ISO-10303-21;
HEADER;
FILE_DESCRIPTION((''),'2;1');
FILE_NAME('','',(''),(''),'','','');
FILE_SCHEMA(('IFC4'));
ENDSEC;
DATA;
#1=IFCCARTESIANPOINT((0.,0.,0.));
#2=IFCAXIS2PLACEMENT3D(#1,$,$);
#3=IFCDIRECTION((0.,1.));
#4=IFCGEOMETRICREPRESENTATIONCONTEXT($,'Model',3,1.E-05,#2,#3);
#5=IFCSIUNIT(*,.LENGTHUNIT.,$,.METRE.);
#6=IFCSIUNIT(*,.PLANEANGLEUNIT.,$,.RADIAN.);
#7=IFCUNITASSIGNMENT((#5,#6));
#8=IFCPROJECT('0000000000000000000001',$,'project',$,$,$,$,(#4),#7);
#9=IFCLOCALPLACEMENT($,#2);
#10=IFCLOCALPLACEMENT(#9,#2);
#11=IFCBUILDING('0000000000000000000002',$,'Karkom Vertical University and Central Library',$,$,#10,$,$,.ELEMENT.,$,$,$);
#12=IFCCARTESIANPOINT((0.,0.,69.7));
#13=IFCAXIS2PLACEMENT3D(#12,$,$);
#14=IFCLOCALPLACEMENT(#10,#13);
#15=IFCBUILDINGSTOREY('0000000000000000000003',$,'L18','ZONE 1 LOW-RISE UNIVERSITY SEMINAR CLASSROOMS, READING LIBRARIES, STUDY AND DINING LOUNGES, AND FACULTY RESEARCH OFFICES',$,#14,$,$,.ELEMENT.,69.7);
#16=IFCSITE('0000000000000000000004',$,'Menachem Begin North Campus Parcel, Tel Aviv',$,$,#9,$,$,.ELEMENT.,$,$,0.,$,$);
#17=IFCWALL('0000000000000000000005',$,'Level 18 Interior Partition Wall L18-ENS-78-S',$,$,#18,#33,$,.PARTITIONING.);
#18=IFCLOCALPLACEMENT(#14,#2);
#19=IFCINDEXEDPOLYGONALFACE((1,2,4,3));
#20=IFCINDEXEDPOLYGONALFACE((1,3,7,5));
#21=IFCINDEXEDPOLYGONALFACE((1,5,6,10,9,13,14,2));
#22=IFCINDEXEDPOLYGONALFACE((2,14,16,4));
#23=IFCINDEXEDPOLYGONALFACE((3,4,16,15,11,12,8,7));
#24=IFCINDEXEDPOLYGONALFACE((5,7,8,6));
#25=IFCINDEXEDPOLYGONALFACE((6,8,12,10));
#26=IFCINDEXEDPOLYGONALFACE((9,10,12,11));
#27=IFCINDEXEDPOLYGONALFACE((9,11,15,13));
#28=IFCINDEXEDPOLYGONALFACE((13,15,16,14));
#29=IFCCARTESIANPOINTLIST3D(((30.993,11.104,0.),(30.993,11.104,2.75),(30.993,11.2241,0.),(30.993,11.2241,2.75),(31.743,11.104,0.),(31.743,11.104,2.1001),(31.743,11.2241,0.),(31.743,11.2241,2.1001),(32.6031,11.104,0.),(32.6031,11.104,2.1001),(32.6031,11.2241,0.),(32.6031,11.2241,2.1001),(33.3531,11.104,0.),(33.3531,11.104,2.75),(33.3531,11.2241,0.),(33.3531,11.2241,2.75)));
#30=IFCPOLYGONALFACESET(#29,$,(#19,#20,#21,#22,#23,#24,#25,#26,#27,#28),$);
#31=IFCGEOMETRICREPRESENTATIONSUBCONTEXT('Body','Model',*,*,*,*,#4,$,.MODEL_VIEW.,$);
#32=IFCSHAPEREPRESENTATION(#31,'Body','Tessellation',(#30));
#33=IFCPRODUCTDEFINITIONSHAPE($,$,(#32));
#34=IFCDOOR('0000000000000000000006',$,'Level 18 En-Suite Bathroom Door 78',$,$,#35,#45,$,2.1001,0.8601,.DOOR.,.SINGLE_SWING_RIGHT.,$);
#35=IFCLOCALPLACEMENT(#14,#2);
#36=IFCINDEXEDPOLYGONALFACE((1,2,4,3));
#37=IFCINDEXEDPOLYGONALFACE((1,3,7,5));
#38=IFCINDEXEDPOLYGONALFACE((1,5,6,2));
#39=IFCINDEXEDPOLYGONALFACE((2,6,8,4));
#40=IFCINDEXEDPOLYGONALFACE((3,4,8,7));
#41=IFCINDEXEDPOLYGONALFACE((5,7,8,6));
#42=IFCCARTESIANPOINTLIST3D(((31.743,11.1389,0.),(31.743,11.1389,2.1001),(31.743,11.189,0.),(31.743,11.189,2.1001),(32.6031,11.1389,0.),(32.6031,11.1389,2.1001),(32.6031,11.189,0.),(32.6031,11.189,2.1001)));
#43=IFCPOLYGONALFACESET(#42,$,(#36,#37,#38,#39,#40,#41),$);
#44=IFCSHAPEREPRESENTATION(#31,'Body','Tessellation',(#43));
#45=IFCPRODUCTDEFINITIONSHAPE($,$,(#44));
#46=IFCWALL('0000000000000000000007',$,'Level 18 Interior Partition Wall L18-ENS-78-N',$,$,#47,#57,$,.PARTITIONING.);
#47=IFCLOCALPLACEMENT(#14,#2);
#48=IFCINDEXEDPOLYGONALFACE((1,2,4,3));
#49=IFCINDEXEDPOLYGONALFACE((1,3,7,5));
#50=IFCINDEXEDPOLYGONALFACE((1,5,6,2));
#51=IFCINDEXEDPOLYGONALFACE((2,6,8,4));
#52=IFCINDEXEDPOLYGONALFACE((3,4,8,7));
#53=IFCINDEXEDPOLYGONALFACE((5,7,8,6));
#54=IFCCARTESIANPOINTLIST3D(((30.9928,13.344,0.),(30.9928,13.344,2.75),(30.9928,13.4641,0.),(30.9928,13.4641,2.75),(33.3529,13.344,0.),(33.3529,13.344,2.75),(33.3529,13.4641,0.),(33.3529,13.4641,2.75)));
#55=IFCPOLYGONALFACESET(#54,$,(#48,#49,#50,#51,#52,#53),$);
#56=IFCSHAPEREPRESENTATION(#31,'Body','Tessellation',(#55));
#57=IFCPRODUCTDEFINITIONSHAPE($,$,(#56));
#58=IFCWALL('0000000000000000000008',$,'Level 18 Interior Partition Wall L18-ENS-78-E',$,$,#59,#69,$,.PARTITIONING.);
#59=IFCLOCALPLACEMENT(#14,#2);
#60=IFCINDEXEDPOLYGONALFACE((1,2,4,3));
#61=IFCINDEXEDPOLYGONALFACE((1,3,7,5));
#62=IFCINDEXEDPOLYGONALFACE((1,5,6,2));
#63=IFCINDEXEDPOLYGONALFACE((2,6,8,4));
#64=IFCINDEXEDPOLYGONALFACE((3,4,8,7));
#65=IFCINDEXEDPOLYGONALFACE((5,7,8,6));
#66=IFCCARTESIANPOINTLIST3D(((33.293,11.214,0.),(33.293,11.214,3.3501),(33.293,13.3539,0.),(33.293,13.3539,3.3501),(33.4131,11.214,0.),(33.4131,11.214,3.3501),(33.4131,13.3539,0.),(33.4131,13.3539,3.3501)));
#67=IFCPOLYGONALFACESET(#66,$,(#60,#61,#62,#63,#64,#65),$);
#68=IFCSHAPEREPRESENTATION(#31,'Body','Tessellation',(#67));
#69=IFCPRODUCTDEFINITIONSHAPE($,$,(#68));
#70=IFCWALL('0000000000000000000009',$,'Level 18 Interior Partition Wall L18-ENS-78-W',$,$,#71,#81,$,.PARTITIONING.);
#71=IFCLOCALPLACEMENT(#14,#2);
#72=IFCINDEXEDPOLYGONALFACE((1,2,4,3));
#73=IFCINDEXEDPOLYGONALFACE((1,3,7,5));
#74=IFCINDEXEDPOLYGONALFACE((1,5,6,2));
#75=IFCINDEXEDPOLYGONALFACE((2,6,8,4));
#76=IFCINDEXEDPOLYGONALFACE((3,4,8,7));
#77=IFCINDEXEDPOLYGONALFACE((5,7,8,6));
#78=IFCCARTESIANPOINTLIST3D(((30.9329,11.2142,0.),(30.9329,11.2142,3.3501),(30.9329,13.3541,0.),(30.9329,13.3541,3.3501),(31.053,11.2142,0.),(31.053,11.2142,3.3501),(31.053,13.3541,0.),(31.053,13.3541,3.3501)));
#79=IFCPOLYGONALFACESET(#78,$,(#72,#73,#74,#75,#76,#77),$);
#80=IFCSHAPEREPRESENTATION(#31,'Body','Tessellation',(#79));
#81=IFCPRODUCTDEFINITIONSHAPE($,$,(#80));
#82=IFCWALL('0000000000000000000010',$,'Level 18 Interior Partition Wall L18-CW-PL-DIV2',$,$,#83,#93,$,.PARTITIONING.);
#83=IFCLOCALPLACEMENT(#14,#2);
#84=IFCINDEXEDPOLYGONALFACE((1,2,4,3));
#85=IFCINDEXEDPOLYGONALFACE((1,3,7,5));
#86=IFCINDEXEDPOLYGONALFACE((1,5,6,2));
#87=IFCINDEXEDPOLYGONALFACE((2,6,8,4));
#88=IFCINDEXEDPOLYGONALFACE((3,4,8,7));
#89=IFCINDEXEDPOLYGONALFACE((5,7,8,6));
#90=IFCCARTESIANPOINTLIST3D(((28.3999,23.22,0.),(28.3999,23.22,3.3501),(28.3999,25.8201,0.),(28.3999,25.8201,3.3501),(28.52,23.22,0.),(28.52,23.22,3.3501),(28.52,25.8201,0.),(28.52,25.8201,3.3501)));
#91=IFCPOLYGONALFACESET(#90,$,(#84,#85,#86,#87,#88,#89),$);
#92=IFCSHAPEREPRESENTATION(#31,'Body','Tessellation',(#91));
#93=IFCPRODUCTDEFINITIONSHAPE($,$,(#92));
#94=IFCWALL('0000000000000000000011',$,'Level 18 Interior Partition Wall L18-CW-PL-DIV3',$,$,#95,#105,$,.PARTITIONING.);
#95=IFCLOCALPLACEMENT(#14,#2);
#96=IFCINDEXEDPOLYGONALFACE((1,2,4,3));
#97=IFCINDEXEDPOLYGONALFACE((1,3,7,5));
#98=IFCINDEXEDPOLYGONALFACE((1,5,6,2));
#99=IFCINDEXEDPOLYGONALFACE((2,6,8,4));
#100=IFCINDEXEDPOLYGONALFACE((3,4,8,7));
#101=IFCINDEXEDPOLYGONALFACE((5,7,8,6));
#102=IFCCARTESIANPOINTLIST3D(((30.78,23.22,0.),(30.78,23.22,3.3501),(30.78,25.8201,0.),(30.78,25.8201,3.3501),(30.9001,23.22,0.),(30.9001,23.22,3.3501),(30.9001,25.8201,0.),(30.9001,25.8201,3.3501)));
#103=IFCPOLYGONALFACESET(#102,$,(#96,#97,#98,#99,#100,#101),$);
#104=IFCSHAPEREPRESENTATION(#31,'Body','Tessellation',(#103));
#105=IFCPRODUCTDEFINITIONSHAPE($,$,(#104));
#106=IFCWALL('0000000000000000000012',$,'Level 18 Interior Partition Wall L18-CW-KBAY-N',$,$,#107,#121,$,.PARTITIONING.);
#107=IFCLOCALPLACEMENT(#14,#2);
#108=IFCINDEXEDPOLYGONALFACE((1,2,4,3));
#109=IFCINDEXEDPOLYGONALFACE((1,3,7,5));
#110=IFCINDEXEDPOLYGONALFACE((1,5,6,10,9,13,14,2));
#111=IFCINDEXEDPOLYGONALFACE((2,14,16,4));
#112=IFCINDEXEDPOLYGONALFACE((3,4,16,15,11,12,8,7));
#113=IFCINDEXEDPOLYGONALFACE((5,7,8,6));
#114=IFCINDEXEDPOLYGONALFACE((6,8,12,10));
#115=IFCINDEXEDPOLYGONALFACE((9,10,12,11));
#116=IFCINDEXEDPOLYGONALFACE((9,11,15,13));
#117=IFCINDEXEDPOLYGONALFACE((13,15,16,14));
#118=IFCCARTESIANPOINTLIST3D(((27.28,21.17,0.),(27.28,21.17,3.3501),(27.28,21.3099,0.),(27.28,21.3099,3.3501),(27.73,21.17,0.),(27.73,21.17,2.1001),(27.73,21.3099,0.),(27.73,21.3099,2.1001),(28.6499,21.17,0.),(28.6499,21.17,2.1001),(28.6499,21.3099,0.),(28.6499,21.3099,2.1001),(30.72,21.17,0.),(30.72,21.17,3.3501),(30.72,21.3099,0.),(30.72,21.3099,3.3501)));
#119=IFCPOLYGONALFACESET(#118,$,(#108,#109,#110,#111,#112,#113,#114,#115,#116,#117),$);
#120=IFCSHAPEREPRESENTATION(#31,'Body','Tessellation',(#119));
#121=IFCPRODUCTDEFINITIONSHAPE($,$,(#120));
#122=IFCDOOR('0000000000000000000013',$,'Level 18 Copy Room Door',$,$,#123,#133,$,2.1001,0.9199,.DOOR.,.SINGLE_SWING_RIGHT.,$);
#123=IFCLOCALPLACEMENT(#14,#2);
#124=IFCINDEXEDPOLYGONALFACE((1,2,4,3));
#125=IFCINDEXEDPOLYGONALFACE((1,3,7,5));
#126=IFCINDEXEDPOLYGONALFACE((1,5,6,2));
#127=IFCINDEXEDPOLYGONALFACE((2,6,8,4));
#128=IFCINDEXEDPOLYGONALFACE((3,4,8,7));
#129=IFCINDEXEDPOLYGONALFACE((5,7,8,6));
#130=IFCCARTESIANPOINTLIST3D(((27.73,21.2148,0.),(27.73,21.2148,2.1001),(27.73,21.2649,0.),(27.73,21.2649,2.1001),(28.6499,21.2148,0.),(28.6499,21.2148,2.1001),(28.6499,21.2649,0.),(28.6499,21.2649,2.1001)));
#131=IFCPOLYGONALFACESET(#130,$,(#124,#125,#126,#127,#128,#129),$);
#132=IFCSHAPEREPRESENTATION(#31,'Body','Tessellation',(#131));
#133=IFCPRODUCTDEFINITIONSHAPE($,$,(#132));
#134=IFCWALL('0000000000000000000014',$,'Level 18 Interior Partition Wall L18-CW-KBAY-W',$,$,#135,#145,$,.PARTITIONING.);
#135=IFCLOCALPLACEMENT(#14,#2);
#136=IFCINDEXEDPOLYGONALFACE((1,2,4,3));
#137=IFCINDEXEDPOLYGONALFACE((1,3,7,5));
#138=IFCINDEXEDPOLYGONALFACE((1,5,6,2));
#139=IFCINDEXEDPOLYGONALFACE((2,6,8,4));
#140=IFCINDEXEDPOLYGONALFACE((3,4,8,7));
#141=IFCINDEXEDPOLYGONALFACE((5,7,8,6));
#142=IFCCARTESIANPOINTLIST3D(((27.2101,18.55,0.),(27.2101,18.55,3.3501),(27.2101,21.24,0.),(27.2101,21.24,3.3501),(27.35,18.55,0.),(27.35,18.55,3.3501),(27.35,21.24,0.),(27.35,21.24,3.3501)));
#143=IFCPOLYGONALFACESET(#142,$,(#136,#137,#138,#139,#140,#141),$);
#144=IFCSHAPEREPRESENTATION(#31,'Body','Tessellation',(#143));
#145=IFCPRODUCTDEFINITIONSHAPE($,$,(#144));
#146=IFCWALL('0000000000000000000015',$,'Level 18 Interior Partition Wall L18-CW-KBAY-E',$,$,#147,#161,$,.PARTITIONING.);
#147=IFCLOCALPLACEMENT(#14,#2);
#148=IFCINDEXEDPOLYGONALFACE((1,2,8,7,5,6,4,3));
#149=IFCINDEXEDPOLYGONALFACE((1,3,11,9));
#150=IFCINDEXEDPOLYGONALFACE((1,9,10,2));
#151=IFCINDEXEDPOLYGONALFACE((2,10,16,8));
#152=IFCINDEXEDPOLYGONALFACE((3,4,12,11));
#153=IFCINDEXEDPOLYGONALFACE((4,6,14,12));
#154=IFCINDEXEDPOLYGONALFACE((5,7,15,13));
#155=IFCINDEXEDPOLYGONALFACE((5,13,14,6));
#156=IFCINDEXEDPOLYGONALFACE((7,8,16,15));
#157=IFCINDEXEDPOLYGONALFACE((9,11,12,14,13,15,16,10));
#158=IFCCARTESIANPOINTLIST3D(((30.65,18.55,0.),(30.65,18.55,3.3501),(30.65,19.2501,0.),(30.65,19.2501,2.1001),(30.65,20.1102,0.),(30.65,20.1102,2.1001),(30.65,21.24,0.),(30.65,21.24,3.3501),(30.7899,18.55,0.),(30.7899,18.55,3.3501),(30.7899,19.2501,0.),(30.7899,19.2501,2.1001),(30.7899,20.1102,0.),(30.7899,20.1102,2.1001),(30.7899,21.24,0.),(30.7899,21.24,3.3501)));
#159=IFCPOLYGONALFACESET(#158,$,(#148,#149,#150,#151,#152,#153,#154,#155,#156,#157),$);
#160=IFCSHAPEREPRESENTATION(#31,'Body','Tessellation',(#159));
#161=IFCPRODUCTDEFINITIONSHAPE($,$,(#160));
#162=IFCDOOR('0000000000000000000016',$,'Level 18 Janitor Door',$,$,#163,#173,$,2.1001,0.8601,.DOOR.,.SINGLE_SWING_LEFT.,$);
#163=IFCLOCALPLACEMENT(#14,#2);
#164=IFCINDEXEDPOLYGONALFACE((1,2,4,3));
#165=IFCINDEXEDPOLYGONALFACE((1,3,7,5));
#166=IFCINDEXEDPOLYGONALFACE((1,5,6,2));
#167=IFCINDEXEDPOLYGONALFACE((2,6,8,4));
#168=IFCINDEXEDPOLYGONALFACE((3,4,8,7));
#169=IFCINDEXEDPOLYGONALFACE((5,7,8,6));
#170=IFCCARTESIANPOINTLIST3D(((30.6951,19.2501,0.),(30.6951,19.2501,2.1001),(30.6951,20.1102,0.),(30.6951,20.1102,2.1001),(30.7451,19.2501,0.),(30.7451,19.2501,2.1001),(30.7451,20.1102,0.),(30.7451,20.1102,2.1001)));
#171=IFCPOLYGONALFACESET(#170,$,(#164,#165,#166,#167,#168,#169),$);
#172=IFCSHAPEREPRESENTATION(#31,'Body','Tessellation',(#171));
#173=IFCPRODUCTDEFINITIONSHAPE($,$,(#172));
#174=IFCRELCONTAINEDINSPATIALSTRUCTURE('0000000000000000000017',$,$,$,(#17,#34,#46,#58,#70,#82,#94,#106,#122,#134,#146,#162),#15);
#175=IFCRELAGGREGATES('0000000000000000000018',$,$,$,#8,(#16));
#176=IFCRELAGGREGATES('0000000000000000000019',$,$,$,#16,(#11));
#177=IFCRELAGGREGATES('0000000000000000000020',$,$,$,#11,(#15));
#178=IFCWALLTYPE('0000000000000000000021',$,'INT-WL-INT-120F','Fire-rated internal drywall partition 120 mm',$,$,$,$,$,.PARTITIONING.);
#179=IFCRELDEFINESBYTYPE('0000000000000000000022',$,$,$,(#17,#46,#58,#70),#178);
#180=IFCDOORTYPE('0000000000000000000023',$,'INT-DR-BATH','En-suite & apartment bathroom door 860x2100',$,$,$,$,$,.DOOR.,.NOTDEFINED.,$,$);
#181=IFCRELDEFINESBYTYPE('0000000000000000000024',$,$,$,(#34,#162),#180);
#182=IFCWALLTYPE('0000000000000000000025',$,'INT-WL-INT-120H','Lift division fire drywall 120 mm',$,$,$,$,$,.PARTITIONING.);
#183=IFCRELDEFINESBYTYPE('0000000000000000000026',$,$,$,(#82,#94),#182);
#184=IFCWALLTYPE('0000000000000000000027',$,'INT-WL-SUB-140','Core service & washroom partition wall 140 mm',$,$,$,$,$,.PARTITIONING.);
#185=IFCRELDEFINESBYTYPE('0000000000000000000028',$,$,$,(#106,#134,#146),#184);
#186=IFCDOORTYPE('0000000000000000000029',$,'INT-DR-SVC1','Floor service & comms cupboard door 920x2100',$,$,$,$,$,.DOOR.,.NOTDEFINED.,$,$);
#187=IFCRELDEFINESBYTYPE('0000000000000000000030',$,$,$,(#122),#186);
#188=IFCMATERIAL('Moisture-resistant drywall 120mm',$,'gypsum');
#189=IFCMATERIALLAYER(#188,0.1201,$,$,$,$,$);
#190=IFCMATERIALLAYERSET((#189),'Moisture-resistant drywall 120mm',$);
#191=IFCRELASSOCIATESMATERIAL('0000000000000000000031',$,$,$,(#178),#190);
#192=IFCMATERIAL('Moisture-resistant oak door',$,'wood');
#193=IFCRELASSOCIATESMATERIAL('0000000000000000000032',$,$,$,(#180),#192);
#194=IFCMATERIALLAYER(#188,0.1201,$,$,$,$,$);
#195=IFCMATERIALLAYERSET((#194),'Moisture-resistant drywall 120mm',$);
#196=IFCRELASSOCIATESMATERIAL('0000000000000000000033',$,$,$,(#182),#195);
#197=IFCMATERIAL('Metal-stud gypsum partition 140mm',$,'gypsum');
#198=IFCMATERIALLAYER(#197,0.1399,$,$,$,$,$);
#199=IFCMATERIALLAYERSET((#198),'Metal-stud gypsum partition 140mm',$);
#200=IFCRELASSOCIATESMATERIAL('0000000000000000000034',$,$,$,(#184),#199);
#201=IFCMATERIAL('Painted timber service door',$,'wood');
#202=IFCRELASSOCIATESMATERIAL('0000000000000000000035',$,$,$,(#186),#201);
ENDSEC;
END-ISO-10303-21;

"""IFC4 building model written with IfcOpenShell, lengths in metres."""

from ifc_helpers import new_model, si_unit, direction, frame, frame_2d, origin, origin_with_axes, place, context, subcontext, project, spatial, rectangle, extrude, source, transform, mapped, material, layer, layer_set, type_object, element, fill, save


model = new_model("IFC4")

# Units and contexts
model_context = context("Model", 3, precision=1e-05, world=origin(), true_north=direction((0.0, 1.0)))
body_context = subcontext(model_context, "Body", "Model", "MODEL_VIEW")
ifc_project = project(units=[si_unit("LENGTHUNIT", "METRE"), si_unit("PLANEANGLEUNIT", "RADIAN")], contexts=[model_context])

# Site, building, storey
site_placement = place(None, origin())
site = spatial("IfcSite", under=ifc_project, at=site_placement, Name="Menachem Begin North Campus Parcel, Tel Aviv", CompositionType="ELEMENT", RefElevation=0.0)
building_placement = place(site_placement, origin())
building = spatial("IfcBuilding", under=site, at=building_placement, Name="Karkom Vertical University and Central Library", CompositionType="ELEMENT")
storey_placement = place(building_placement, frame((0.0, 0.0, 69.7)))
storey = spatial("IfcBuildingStorey", under=building, at=storey_placement, Name="L18", Description="ZONE 1 LOW-RISE UNIVERSITY SEMINAR CLASSROOMS, READING LIBRARIES, STUDY AND DINING LOUNGES, AND FACULTY RESEARCH OFFICES", CompositionType="ELEMENT", Elevation=69.7)

# Shared definitions
ifc_material_1 = material(Name="Moisture-resistant drywall 120mm", Category="gypsum")

# Wall, opening, door
ifc_layer_1 = layer(ifc_material_1, 0.1201)
ifc_layer_set_1 = layer_set([ifc_layer_1], Name="Moisture-resistant drywall 120mm")
wall_type_1 = type_object("IfcWallType", Name="INT-WL-INT-120F", Description="Fire-rated internal drywall partition 120 mm", PredefinedType="PARTITIONING", material=ifc_layer_set_1)
wall_1_placement = place(storey_placement, frame((30.9929, 11.1641, 0.0), z_axis=(0.0, 0.0, 1.0), x_axis=(1.0, 0.0, 0.0)))
wall_1 = element("IfcWall", 1, at=wall_1_placement, inside=storey, type_object=wall_type_1, Name="Level 18 Interior Partition Wall L18-ENS-78-S", PredefinedType="PARTITIONING", context=body_context, shape_type="SweptSolid", body=[
    extrude(rectangle(XDim=2.3601, YDim=0.1201, at=frame_2d((1.1802, 0.0))), origin(), (0.0, 0.0, 1.0), 2.75),
])
opening_1_placement = place(wall_1_placement, frame((0.75, 0.0, 0.0)))
opening_1 = element("IfcOpeningElement", 2, at=opening_1_placement, cuts=wall_1, PredefinedType="OPENING", context=body_context, shape_type="SweptSolid", body=[
    extrude(rectangle(XDim=0.8601, YDim=2.1001, at=frame_2d((0.4302, 1.05))), frame((0.0, 0.0701, 0.0), z_axis=(0.0, -1.0, 0.0), x_axis=(1.0, 0.0, 0.0)), (0.0, 0.0, 1.0), 0.1401),
])
ifc_material_2 = material(Name="Moisture-resistant oak door", Category="wood")
door_type_1 = type_object("IfcDoorType", Name="INT-DR-BATH", Description="En-suite & apartment bathroom door 860x2100", OperationType="NOTDEFINED", PredefinedType="DOOR", material=ifc_material_2)
shared_shape_1 = source(origin_with_axes(), body_context, "Body", "SweptSolid", [
    extrude(rectangle(XDim=0.8601, YDim=2.1001, at=frame_2d((0.4302, 1.05))), frame((0.0, 0.0249, 0.0), z_axis=(0.0, -1.0, 0.0), x_axis=(1.0, 0.0, 0.0)), (0.0, 0.0, 1.0), 0.05),
])
door_1_placement = place(opening_1_placement, origin())
door_1 = element("IfcDoor", 3, at=door_1_placement, inside=storey, type_object=door_type_1, Name="Level 18 En-Suite Bathroom Door 78", OperationType="SINGLE_SWING_RIGHT", OverallHeight=2.1001, OverallWidth=0.8601, PredefinedType="DOOR", context=body_context, shape_type="MappedRepresentation", body=[
    mapped(shared_shape_1, transform((0.0, 0.0, 0.0), scale=1.0)),
])
fill(opening_1, door_1)

# Walls
wall_2_placement = place(storey_placement, frame((33.353, 13.4041, 0.0), z_axis=(0.0, 0.0, 1.0), x_axis=(-1.0, 0.0, 0.0)))
element("IfcWall", 4, at=wall_2_placement, inside=storey, type_object=wall_type_1, Name="Level 18 Interior Partition Wall L18-ENS-78-N", PredefinedType="PARTITIONING", context=body_context, shape_type="SweptSolid", body=[
    extrude(rectangle(XDim=2.3601, YDim=0.1201, at=frame_2d((1.1802, 0.0))), origin(), (0.0, 0.0, 1.0), 2.75),
])
for number, where, z_axis, x_axis, name in (
    (5, (33.353, 11.2141, 0.0), (0.0, 0.0, 1.0), (0.0, 1.0, 0.0), "Level 18 Interior Partition Wall L18-ENS-78-E"),
    (6, (30.9929, 13.354, 0.0), (0.0, 0.0, 1.0), (0.0, -1.0, 0.0), "Level 18 Interior Partition Wall L18-ENS-78-W"),
):
    element("IfcWall", number, at=place(storey_placement, frame(where, z_axis=z_axis, x_axis=x_axis)), inside=storey, type_object=wall_type_1, Name=name, PredefinedType="PARTITIONING", context=body_context, shape_type="SweptSolid", body=[
        extrude(rectangle(XDim=2.1399, YDim=0.1201, at=frame_2d((1.0698, 0.0))), origin(), (0.0, 0.0, 1.0), 3.3501),
    ])
ifc_layer_2 = layer(ifc_material_1, 0.1201)
ifc_layer_set_2 = layer_set([ifc_layer_2], Name="Moisture-resistant drywall 120mm")
wall_type_2 = type_object("IfcWallType", Name="INT-WL-INT-120H", Description="Lift division fire drywall 120 mm", PredefinedType="PARTITIONING", material=ifc_layer_set_2)
for number, where, z_axis, x_axis, name in (
    (7, (28.46, 23.22, 0.0), (0.0, 0.0, 1.0), (0.0, 1.0, 0.0), "Level 18 Interior Partition Wall L18-CW-PL-DIV2"),
    (8, (30.8401, 23.22, 0.0), (0.0, 0.0, 1.0), (0.0, 1.0, 0.0), "Level 18 Interior Partition Wall L18-CW-PL-DIV3"),
):
    element("IfcWall", number, at=place(storey_placement, frame(where, z_axis=z_axis, x_axis=x_axis)), inside=storey, type_object=wall_type_2, Name=name, PredefinedType="PARTITIONING", context=body_context, shape_type="SweptSolid", body=[
        extrude(rectangle(XDim=2.6001, YDim=0.1201, at=frame_2d((1.3, 0.0))), origin(), (0.0, 0.0, 1.0), 3.3501),
    ])

# Wall, opening, door
ifc_material_3 = material(Name="Metal-stud gypsum partition 140mm", Category="gypsum")
ifc_layer_3 = layer(ifc_material_3, 0.1399)
ifc_layer_set_3 = layer_set([ifc_layer_3], Name="Metal-stud gypsum partition 140mm")
wall_type_3 = type_object("IfcWallType", Name="INT-WL-SUB-140", Description="Core service & washroom partition wall 140 mm", PredefinedType="PARTITIONING", material=ifc_layer_set_3)
wall_3_placement = place(storey_placement, frame((27.28, 21.24, 0.0), z_axis=(0.0, 0.0, 1.0), x_axis=(1.0, 0.0, 0.0)))
wall_3 = element("IfcWall", 9, at=wall_3_placement, inside=storey, type_object=wall_type_3, Name="Level 18 Interior Partition Wall L18-CW-KBAY-N", PredefinedType="PARTITIONING", context=body_context, shape_type="SweptSolid", body=[
    extrude(rectangle(XDim=3.4399, YDim=0.1399, at=frame_2d((1.72, 0.0))), origin(), (0.0, 0.0, 1.0), 3.3501),
])
opening_2_placement = place(wall_3_placement, frame((0.45, 0.0, 0.0)))
opening_2 = element("IfcOpeningElement", 10, at=opening_2_placement, cuts=wall_3, PredefinedType="OPENING", context=body_context, shape_type="SweptSolid", body=[
    extrude(rectangle(XDim=0.9199, YDim=2.1001, at=frame_2d((0.46, 1.05))), frame((0.0, 0.0801, 0.0), z_axis=(0.0, -1.0, 0.0), x_axis=(1.0, 0.0, 0.0)), (0.0, 0.0, 1.0), 0.1599),
])
ifc_material_4 = material(Name="Painted timber service door", Category="wood")
door_type_2 = type_object("IfcDoorType", Name="INT-DR-SVC1", Description="Floor service & comms cupboard door 920x2100", OperationType="NOTDEFINED", PredefinedType="DOOR", material=ifc_material_4)
shared_shape_2 = source(origin_with_axes(), body_context, "Body", "SweptSolid", [
    extrude(rectangle(XDim=0.9199, YDim=2.1001, at=frame_2d((0.46, 1.05))), frame((0.0, 0.0249, 0.0), z_axis=(0.0, -1.0, 0.0), x_axis=(1.0, 0.0, 0.0)), (0.0, 0.0, 1.0), 0.05),
])
door_2_placement = place(opening_2_placement, origin())
door_2 = element("IfcDoor", 11, at=door_2_placement, inside=storey, type_object=door_type_2, Name="Level 18 Copy Room Door", OperationType="SINGLE_SWING_RIGHT", OverallHeight=2.1001, OverallWidth=0.9199, PredefinedType="DOOR", context=body_context, shape_type="MappedRepresentation", body=[
    mapped(shared_shape_2, transform((0.0, 0.0, 0.0), scale=1.0)),
])
fill(opening_2, door_2)

# Wall
wall_4_placement = place(storey_placement, frame((27.28, 18.55, 0.0), z_axis=(0.0, 0.0, 1.0), x_axis=(0.0, 1.0, 0.0)))
element("IfcWall", 12, at=wall_4_placement, inside=storey, type_object=wall_type_3, Name="Level 18 Interior Partition Wall L18-CW-KBAY-W", PredefinedType="PARTITIONING", context=body_context, shape_type="SweptSolid", body=[
    extrude(rectangle(XDim=2.6899, YDim=0.1399, at=frame_2d((1.345, 0.0))), origin(), (0.0, 0.0, 1.0), 3.3501),
])

# Wall, opening, door
wall_5_placement = place(storey_placement, frame((30.72, 18.55, 0.0), z_axis=(0.0, 0.0, 1.0), x_axis=(0.0, 1.0, 0.0)))
wall_5 = element("IfcWall", 13, at=wall_5_placement, inside=storey, type_object=wall_type_3, Name="Level 18 Interior Partition Wall L18-CW-KBAY-E", PredefinedType="PARTITIONING", context=body_context, shape_type="SweptSolid", body=[
    extrude(rectangle(XDim=2.6899, YDim=0.1399, at=frame_2d((1.345, 0.0))), origin(), (0.0, 0.0, 1.0), 3.3501),
])
opening_3_placement = place(wall_5_placement, frame((0.7, 0.0, 0.0)))
opening_3 = element("IfcOpeningElement", 14, at=opening_3_placement, cuts=wall_5, PredefinedType="OPENING", context=body_context, shape_type="SweptSolid", body=[
    extrude(rectangle(XDim=0.8601, YDim=2.1001, at=frame_2d((0.4302, 1.05))), frame((0.0, 0.0801, 0.0), z_axis=(0.0, -1.0, 0.0), x_axis=(1.0, 0.0, 0.0)), (0.0, 0.0, 1.0), 0.1599),
])
door_3_placement = place(opening_3_placement, origin())
door_3 = element("IfcDoor", 15, at=door_3_placement, inside=storey, type_object=door_type_1, Name="Level 18 Janitor Door", OperationType="SINGLE_SWING_LEFT", OverallHeight=2.1001, OverallWidth=0.8601, PredefinedType="DOOR", context=body_context, shape_type="MappedRepresentation", body=[
    mapped(shared_shape_1, transform((0.0, 0.0, 0.0), scale=1.0)),
])
fill(opening_3, door_3)

save(model, "model.ifc")
